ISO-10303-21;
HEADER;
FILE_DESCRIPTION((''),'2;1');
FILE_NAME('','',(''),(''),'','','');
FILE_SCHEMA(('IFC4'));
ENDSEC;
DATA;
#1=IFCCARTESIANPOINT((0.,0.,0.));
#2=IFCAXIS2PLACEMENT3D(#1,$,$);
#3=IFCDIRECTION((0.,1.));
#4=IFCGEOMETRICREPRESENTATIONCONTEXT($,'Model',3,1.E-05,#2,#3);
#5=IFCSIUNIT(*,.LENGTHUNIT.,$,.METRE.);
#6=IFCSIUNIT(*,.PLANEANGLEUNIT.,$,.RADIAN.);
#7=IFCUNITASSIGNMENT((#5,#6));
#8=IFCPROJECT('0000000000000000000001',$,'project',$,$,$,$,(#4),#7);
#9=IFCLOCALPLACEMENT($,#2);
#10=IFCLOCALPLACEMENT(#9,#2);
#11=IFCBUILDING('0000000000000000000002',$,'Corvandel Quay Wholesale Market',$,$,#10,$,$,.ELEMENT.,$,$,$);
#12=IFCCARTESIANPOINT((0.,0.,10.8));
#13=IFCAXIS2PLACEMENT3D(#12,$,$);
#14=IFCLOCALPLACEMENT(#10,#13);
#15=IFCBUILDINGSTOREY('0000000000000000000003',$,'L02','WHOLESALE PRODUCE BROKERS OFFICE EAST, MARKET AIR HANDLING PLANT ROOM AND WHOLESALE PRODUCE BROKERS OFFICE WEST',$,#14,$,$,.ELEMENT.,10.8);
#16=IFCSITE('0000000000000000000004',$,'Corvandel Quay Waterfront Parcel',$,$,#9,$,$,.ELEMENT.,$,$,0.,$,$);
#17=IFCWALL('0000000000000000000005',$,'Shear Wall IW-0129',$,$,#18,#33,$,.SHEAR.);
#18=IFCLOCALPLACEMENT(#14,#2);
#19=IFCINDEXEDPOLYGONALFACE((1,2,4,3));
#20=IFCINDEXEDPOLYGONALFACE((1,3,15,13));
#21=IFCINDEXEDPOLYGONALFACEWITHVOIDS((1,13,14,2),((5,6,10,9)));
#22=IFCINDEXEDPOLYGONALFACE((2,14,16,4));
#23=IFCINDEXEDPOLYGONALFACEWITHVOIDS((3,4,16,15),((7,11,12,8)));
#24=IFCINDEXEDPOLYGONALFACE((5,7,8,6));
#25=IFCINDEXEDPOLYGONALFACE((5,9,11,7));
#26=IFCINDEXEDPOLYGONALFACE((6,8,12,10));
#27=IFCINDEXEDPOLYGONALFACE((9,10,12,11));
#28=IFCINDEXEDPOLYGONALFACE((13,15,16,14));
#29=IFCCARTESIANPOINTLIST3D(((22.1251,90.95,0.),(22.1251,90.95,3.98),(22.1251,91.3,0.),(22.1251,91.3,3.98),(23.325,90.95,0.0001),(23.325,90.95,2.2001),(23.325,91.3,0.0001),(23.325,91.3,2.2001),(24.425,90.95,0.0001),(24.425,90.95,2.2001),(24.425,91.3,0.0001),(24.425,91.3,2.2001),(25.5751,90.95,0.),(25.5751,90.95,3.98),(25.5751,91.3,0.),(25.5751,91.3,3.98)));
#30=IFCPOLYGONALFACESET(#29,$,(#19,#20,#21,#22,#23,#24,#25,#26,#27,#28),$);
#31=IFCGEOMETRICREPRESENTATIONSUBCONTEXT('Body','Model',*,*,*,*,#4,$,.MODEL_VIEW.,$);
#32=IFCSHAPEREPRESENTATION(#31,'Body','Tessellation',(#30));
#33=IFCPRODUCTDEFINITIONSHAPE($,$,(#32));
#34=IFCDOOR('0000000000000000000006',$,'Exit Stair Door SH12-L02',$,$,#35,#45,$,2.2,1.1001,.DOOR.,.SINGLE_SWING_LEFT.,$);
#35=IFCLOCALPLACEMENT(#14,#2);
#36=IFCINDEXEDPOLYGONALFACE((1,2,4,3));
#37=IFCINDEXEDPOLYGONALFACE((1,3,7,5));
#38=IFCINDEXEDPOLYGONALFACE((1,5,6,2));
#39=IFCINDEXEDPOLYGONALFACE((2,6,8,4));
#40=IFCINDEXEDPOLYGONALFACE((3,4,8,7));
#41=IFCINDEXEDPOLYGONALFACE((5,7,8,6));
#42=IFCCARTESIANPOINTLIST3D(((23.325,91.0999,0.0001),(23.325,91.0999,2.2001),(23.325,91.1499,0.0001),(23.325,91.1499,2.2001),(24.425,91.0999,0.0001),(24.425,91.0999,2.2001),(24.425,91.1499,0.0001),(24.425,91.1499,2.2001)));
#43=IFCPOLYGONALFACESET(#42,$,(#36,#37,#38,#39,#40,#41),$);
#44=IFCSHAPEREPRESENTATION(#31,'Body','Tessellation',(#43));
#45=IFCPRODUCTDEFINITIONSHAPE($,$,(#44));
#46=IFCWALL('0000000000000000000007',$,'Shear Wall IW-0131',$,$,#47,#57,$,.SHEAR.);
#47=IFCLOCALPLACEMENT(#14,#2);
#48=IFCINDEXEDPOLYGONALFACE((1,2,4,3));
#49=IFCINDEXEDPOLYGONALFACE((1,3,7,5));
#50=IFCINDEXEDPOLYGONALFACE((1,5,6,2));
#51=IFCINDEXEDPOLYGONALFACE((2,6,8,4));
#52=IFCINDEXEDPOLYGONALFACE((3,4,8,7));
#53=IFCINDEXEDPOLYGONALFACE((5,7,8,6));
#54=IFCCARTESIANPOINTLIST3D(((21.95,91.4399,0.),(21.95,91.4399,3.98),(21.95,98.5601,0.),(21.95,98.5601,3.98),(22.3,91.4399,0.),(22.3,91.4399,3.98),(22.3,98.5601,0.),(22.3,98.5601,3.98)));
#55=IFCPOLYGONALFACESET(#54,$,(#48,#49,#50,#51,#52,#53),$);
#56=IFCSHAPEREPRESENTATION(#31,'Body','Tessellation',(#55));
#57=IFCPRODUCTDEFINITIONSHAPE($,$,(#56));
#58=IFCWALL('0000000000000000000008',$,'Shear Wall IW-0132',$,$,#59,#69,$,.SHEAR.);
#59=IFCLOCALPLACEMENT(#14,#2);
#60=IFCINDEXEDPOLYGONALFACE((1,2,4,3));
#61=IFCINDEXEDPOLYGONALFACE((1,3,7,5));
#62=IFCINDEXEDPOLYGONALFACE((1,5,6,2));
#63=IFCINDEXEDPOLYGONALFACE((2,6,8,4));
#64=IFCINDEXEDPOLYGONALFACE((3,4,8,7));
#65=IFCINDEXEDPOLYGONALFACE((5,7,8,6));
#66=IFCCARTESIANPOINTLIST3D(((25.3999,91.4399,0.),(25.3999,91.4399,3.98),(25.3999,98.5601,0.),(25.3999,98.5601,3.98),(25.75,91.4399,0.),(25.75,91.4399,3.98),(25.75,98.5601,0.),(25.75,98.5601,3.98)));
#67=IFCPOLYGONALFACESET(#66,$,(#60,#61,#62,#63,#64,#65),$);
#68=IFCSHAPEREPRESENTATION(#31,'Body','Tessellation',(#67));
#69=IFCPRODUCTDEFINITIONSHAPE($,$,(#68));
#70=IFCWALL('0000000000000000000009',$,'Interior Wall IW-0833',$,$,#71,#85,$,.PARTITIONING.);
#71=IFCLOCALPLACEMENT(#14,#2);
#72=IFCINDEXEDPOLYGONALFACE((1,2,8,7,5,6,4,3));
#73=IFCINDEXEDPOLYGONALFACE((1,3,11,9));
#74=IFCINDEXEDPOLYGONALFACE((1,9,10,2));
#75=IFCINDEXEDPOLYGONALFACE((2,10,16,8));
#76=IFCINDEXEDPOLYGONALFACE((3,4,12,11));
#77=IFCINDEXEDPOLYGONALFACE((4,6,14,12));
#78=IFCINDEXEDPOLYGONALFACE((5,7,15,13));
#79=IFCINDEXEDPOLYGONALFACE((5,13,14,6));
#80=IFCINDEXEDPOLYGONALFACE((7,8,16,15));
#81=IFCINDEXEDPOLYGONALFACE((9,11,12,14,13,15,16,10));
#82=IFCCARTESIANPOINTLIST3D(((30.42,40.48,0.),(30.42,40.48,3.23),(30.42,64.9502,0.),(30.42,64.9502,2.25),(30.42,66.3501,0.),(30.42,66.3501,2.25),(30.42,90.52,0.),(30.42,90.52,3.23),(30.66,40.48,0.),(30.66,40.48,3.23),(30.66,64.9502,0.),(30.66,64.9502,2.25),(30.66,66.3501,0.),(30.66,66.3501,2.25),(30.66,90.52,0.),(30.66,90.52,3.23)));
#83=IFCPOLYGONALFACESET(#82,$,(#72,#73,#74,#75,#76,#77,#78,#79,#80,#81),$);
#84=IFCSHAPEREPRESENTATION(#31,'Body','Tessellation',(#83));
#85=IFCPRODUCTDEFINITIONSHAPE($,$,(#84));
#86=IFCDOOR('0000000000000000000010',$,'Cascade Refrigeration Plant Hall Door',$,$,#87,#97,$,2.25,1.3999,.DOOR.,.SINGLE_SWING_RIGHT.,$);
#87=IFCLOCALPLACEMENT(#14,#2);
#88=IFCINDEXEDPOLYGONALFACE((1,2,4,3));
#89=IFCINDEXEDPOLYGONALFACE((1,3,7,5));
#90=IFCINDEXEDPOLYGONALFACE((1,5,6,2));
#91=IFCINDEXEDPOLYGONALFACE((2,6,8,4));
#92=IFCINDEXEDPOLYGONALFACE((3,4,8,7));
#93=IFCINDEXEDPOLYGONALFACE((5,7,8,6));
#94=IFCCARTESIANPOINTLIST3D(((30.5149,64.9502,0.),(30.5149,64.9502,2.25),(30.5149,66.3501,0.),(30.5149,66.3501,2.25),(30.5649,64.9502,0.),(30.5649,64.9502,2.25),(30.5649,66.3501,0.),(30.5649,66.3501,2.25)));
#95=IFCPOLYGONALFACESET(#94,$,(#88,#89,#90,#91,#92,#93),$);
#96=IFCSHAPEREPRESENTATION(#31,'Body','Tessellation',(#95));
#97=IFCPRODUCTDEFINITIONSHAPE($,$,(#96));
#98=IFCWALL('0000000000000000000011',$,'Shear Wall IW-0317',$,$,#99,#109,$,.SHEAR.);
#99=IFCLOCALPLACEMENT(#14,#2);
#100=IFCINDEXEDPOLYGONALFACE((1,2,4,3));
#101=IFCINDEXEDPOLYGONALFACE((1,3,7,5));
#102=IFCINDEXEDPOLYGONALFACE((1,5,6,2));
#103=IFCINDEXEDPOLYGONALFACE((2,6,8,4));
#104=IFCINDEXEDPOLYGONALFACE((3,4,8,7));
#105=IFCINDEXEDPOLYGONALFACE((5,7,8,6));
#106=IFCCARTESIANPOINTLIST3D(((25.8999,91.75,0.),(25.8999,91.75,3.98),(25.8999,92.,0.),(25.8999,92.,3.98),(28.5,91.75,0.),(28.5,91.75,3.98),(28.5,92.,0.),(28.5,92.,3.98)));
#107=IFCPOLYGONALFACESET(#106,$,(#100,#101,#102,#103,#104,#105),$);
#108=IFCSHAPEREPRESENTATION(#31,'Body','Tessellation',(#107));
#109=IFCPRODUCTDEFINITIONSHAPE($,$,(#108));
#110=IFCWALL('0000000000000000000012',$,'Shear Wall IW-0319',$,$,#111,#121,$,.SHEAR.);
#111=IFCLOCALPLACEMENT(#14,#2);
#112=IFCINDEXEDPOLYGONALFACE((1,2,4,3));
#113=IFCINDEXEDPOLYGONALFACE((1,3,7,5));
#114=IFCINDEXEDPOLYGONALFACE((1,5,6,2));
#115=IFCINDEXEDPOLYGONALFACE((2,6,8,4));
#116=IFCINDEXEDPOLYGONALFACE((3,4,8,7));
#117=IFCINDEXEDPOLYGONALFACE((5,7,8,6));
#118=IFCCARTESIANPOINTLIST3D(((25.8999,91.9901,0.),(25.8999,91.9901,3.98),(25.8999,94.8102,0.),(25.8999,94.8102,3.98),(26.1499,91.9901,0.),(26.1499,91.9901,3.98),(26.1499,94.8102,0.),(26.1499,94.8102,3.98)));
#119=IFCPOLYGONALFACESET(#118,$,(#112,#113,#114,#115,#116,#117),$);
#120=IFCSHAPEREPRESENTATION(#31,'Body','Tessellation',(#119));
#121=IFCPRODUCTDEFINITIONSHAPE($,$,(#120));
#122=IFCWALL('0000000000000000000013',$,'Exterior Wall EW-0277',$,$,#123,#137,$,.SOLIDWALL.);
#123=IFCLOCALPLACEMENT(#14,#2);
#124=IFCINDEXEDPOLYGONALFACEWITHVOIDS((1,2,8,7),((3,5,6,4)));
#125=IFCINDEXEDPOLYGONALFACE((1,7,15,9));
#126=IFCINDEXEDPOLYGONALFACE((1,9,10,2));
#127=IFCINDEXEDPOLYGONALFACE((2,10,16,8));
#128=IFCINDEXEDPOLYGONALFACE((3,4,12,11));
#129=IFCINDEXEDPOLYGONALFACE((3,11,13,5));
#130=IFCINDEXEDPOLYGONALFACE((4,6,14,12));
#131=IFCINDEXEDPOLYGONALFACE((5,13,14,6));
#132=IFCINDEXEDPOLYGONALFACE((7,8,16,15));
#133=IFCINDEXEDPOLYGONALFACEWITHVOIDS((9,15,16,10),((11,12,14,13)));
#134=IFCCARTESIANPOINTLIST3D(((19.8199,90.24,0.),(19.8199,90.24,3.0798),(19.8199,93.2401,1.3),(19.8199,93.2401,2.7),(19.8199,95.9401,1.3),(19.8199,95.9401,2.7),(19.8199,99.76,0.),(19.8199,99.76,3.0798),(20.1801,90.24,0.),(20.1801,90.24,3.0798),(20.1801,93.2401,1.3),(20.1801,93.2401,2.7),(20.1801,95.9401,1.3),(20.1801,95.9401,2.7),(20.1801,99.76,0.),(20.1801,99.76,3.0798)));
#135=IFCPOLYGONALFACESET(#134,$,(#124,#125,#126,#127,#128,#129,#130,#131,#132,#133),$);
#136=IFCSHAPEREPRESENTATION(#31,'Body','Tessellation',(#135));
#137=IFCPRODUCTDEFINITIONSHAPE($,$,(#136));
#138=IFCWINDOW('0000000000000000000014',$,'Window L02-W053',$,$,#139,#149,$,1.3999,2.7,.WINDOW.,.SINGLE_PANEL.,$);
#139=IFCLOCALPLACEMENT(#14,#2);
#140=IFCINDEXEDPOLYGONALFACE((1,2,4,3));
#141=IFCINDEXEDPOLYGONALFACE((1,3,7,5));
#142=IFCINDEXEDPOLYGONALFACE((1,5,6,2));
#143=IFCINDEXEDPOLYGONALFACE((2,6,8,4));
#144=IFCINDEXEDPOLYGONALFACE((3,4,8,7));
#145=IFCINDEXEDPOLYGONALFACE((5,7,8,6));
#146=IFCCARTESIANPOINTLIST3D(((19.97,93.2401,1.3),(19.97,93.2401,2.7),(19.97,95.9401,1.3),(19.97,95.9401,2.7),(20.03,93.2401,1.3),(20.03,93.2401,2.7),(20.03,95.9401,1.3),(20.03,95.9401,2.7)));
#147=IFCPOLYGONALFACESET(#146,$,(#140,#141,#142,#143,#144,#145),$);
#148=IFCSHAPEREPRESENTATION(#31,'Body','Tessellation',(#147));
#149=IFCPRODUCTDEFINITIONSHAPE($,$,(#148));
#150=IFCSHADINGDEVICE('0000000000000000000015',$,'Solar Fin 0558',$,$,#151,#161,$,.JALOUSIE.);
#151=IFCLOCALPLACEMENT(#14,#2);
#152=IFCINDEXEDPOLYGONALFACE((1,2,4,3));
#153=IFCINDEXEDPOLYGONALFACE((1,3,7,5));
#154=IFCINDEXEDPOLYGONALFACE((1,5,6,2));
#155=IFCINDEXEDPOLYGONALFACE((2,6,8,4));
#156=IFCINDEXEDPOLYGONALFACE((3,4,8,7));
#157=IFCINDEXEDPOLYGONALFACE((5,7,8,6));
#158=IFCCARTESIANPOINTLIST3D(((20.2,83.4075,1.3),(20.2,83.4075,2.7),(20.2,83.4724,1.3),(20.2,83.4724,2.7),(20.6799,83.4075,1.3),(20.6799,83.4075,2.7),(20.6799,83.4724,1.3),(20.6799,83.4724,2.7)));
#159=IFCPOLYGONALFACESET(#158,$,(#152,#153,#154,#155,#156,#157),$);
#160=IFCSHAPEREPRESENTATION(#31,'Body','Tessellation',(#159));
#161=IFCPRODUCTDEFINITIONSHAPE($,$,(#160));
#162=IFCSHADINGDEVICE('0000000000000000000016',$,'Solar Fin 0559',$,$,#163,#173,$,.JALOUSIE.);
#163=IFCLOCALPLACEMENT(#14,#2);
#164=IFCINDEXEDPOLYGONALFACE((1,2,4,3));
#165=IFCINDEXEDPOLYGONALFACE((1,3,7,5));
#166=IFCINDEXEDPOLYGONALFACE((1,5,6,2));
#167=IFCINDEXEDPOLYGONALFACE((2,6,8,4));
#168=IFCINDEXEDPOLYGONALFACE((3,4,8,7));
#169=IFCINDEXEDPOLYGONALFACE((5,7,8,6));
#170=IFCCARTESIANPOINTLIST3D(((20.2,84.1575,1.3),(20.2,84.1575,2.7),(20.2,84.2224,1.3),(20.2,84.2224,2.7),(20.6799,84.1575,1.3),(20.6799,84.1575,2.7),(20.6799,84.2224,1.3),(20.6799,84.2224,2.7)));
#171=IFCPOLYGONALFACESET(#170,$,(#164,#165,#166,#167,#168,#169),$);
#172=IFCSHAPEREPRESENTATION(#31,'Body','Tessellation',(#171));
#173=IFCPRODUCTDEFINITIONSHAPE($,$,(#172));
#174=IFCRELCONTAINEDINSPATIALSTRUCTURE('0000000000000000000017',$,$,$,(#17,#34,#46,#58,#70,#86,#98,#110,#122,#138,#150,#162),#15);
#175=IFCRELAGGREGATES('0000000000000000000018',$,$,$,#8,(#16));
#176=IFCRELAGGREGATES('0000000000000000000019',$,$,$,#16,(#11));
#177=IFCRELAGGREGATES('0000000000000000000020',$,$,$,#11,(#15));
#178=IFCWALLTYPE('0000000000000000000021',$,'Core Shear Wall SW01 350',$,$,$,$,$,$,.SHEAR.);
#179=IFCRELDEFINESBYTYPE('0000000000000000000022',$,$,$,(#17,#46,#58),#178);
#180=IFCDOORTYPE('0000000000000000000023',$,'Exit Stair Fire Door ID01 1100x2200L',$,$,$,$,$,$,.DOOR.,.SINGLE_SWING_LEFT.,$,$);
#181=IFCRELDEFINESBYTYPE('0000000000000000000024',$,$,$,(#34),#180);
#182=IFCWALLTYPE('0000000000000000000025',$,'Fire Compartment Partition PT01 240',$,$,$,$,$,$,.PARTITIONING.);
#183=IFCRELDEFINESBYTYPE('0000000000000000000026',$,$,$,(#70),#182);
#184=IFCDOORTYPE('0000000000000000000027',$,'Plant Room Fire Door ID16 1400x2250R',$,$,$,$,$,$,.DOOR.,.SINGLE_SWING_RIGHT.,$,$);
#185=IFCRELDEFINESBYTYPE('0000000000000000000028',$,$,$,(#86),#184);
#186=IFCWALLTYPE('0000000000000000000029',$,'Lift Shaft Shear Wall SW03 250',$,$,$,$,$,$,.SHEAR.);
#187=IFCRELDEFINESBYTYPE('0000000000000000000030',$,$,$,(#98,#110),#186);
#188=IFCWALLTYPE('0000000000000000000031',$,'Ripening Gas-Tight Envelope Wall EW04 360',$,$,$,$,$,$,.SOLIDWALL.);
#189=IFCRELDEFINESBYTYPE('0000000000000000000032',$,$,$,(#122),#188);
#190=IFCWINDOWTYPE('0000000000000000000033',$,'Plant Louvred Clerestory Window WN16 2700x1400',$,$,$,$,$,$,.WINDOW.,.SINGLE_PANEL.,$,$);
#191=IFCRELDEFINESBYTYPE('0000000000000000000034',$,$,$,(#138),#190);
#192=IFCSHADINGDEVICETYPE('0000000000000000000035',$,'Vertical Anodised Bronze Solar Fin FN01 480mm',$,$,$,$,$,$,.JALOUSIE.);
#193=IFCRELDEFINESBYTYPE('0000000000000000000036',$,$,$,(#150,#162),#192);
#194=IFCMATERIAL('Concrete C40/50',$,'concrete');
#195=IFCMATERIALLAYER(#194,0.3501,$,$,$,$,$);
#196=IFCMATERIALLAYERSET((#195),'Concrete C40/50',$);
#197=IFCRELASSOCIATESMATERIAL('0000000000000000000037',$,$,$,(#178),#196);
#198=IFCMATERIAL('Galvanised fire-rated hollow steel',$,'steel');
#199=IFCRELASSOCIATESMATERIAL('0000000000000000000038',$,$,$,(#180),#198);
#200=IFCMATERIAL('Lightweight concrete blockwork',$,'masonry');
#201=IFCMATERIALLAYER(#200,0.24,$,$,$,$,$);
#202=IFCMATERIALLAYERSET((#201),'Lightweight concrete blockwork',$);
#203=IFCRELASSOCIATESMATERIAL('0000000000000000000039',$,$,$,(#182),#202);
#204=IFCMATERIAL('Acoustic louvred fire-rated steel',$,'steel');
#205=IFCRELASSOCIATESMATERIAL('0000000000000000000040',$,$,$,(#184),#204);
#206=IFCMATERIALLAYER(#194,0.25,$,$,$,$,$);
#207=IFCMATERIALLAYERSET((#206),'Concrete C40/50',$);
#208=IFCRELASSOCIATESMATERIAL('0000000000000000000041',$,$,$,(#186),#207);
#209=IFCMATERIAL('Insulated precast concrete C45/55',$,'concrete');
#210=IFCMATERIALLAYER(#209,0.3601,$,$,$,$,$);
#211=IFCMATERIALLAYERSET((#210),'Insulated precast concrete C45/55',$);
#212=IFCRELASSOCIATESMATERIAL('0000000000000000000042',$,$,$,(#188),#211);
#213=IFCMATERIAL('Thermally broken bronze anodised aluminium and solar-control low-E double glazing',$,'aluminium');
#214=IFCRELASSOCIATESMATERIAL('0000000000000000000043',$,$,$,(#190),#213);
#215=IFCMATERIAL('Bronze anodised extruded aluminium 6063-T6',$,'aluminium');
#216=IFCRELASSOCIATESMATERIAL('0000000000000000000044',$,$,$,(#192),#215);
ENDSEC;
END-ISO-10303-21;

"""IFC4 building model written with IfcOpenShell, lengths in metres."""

from ifc_helpers import new_model, si_unit, direction, frame, frame_2d, origin, origin_2d, place, context, subcontext, project, spatial, rectangle, extrude, material, layer, layer_set, type_object, element, fill, save


model = new_model("IFC4")

# Units and contexts
model_context = context("Model", 3, precision=1e-05, world=origin(), true_north=direction((0.0, 1.0)))
body_context = subcontext(model_context, "Body", "Model", "MODEL_VIEW")
ifc_project = project(units=[si_unit("LENGTHUNIT", "METRE"), si_unit("PLANEANGLEUNIT", "RADIAN")], contexts=[model_context])

# Site, building, storey
site_placement = place(None, origin())
site = spatial("IfcSite", under=ifc_project, at=site_placement, Name="Corvandel Quay Waterfront Parcel", CompositionType="ELEMENT", RefElevation=0.0)
building_placement = place(site_placement, origin())
building = spatial("IfcBuilding", under=site, at=building_placement, Name="Corvandel Quay Wholesale Market", CompositionType="ELEMENT")
storey_placement = place(building_placement, frame((0.0, 0.0, 10.8)))
storey = spatial("IfcBuildingStorey", under=building, at=storey_placement, Name="L02", Description="WHOLESALE PRODUCE BROKERS OFFICE EAST, MARKET AIR HANDLING PLANT ROOM AND WHOLESALE PRODUCE BROKERS OFFICE WEST", CompositionType="ELEMENT", Elevation=10.8)

# Shared definitions
ifc_material_1 = material(Name="Concrete C40/50", Category="concrete")

# Wall, opening, door
ifc_layer_1 = layer(ifc_material_1, 0.3501)
ifc_layer_set_1 = layer_set([ifc_layer_1], Name="Concrete C40/50")
wall_type_1 = type_object("IfcWallType", Name="Core Shear Wall SW01 350", PredefinedType="SHEAR", material=ifc_layer_set_1)
wall_1_placement = place(storey_placement, frame((22.125, 91.125, 0.0), z_axis=(0.0, 0.0, 1.0), x_axis=(1.0, 0.0, 0.0)))
wall_1 = element("IfcWall", 1, at=wall_1_placement, inside=storey, type_object=wall_type_1, Name="Shear Wall IW-0129", PredefinedType="SHEAR", context=body_context, shape_type="SweptSolid", body=[
    extrude(rectangle(XDim=3.45, YDim=0.3501, at=frame_2d((1.7251, 0.0))), origin(), (0.0, 0.0, 1.0), 3.98),
])
opening_1_placement = place(wall_1_placement, frame((1.2, 0.0, 0.0)))
opening_1 = element("IfcOpeningElement", 2, at=opening_1_placement, cuts=wall_1, PredefinedType="OPENING", context=body_context, shape_type="SweptSolid", body=[
    extrude(rectangle(XDim=1.1001, YDim=2.2, at=frame_2d((0.55, 1.1001))), frame((0.0, 0.1851, 0.0), z_axis=(0.0, -1.0, 0.0), x_axis=(1.0, 0.0, 0.0)), (0.0, 0.0, 1.0), 0.3701),
])
ifc_material_2 = material(Name="Galvanised fire-rated hollow steel", Category="steel")
door_type_1 = type_object("IfcDoorType", Name="Exit Stair Fire Door ID01 1100x2200L", OperationType="SINGLE_SWING_LEFT", PredefinedType="DOOR", material=ifc_material_2)
door_1_placement = place(opening_1_placement, origin())
door_1 = element("IfcDoor", 3, at=door_1_placement, inside=storey, type_object=door_type_1, Name="Exit Stair Door SH12-L02", OperationType="SINGLE_SWING_LEFT", OverallHeight=2.2, OverallWidth=1.1001, PredefinedType="DOOR", context=body_context, shape_type="SweptSolid", body=[
    extrude(rectangle(XDim=1.1001, YDim=2.2, at=frame_2d((0.55, 1.1001))), frame((0.0, 0.0249, 0.0), z_axis=(0.0, -1.0, 0.0), x_axis=(1.0, 0.0, 0.0)), (0.0, 0.0, 1.0), 0.05),
])
fill(opening_1, door_1)

# Walls
for number, where, z_axis, x_axis, name in (
    (4, (22.125, 91.4399, 0.0), (0.0, 0.0, 1.0), (0.0, 1.0, 0.0), "Shear Wall IW-0131"),
    (5, (25.575, 91.4399, 0.0), (0.0, 0.0, 1.0), (0.0, 1.0, 0.0), "Shear Wall IW-0132"),
):
    element("IfcWall", number, at=place(storey_placement, frame(where, z_axis=z_axis, x_axis=x_axis)), inside=storey, type_object=wall_type_1, Name=name, PredefinedType="SHEAR", context=body_context, shape_type="SweptSolid", body=[
        extrude(rectangle(XDim=7.1201, YDim=0.3501, at=frame_2d((3.5601, 0.0))), origin(), (0.0, 0.0, 1.0), 3.98),
    ])

# Wall, opening, door
ifc_material_3 = material(Name="Lightweight concrete blockwork", Category="masonry")
ifc_layer_2 = layer(ifc_material_3, 0.24)
ifc_layer_set_2 = layer_set([ifc_layer_2], Name="Lightweight concrete blockwork")
wall_type_2 = type_object("IfcWallType", Name="Fire Compartment Partition PT01 240", PredefinedType="PARTITIONING", material=ifc_layer_set_2)
wall_2_placement = place(storey_placement, frame((30.54, 90.52, 0.0), z_axis=(0.0, 0.0, 1.0), x_axis=(0.0, -1.0, 0.0)))
wall_2 = element("IfcWall", 6, at=wall_2_placement, inside=storey, type_object=wall_type_2, Name="Interior Wall IW-0833", PredefinedType="PARTITIONING", context=body_context, shape_type="SweptSolid", body=[
    extrude(rectangle(XDim=50.04, YDim=0.24, at=frame_2d((25.02, 0.0))), origin(), (0.0, 0.0, 1.0), 3.23),
])
opening_2_placement = place(wall_2_placement, frame((24.1699, 0.0, 0.0)))
opening_2 = element("IfcOpeningElement", 7, at=opening_2_placement, cuts=wall_2, PredefinedType="OPENING", context=body_context, shape_type="SweptSolid", body=[
    extrude(rectangle(XDim=1.3999, YDim=2.25, at=frame_2d((0.7, 1.125))), frame((0.0, 0.1299, 0.0), z_axis=(0.0, -1.0, 0.0), x_axis=(1.0, 0.0, 0.0)), (0.0, 0.0, 1.0), 0.26),
])
ifc_material_4 = material(Name="Acoustic louvred fire-rated steel", Category="steel")
door_type_2 = type_object("IfcDoorType", Name="Plant Room Fire Door ID16 1400x2250R", OperationType="SINGLE_SWING_RIGHT", PredefinedType="DOOR", material=ifc_material_4)
door_2_placement = place(opening_2_placement, origin())
door_2 = element("IfcDoor", 8, at=door_2_placement, inside=storey, type_object=door_type_2, Name="Cascade Refrigeration Plant Hall Door", OperationType="SINGLE_SWING_RIGHT", OverallHeight=2.25, OverallWidth=1.3999, PredefinedType="DOOR", context=body_context, shape_type="SweptSolid", body=[
    extrude(rectangle(XDim=1.3999, YDim=2.25, at=frame_2d((0.7, 1.125))), frame((0.0, 0.0249, 0.0), z_axis=(0.0, -1.0, 0.0), x_axis=(1.0, 0.0, 0.0)), (0.0, 0.0, 1.0), 0.05),
])
fill(opening_2, door_2)

# Walls
ifc_layer_3 = layer(ifc_material_1, 0.25)
ifc_layer_set_3 = layer_set([ifc_layer_3], Name="Concrete C40/50")
wall_type_3 = type_object("IfcWallType", Name="Lift Shaft Shear Wall SW03 250", PredefinedType="SHEAR", material=ifc_layer_set_3)
wall_3_placement = place(storey_placement, frame((25.8999, 91.875, 0.0), z_axis=(0.0, 0.0, 1.0), x_axis=(1.0, 0.0, 0.0)))
element("IfcWall", 9, at=wall_3_placement, inside=storey, type_object=wall_type_3, Name="Shear Wall IW-0317", PredefinedType="SHEAR", context=body_context, shape_type="SweptSolid", body=[
    extrude(rectangle(XDim=2.6001, YDim=0.25, at=frame_2d((1.3, 0.0))), origin(), (0.0, 0.0, 1.0), 3.98),
])
wall_4_placement = place(storey_placement, frame((26.0249, 91.99, 0.0), z_axis=(0.0, 0.0, 1.0), x_axis=(0.0, 1.0, 0.0)))
element("IfcWall", 10, at=wall_4_placement, inside=storey, type_object=wall_type_3, Name="Shear Wall IW-0319", PredefinedType="SHEAR", context=body_context, shape_type="SweptSolid", body=[
    extrude(rectangle(XDim=2.8201, YDim=0.25, at=frame_2d((1.4102, 0.0))), origin(), (0.0, 0.0, 1.0), 3.98),
])

# Wall, opening, window
ifc_material_5 = material(Name="Insulated precast concrete C45/55", Category="concrete")
ifc_layer_4 = layer(ifc_material_5, 0.3601)
ifc_layer_set_4 = layer_set([ifc_layer_4], Name="Insulated precast concrete C45/55")
wall_type_4 = type_object("IfcWallType", Name="Ripening Gas-Tight Envelope Wall EW04 360", PredefinedType="SOLIDWALL", material=ifc_layer_set_4)
wall_5_placement = place(storey_placement, frame((20.0, 90.24, 0.0), z_axis=(0.0, 0.0, 1.0), x_axis=(0.0, 1.0, 0.0)))
wall_5 = element("IfcWall", 11, at=wall_5_placement, inside=storey, type_object=wall_type_4, Name="Exterior Wall EW-0277", PredefinedType="SOLIDWALL", context=body_context, shape_type="SweptSolid", body=[
    extrude(rectangle(XDim=9.52, YDim=0.3601, at=frame_2d((4.76, 0.0))), origin(), (0.0, 0.0, 1.0), 3.0798),
])
opening_3_placement = place(wall_5_placement, frame((3.0, 0.0, 1.3)))
opening_3 = element("IfcOpeningElement", 12, at=opening_3_placement, cuts=wall_5, PredefinedType="OPENING", context=body_context, shape_type="SweptSolid", body=[
    extrude(rectangle(XDim=2.7, YDim=1.3999, at=frame_2d((1.3501, 0.7))), frame((0.0, 0.1899, 0.0), z_axis=(0.0, -1.0, 0.0), x_axis=(1.0, 0.0, 0.0)), (0.0, 0.0, 1.0), 0.3801),
])
ifc_material_6 = material(Name="Thermally broken bronze anodised aluminium and solar-control low-E double glazing", Category="aluminium")
window_type = type_object("IfcWindowType", Name="Plant Louvred Clerestory Window WN16 2700x1400", PartitioningType="SINGLE_PANEL", PredefinedType="WINDOW", material=ifc_material_6)
window_placement = place(opening_3_placement, origin())
window = element("IfcWindow", 13, at=window_placement, inside=storey, type_object=window_type, Name="Window L02-W053", OverallHeight=1.3999, OverallWidth=2.7, PartitioningType="SINGLE_PANEL", PredefinedType="WINDOW", context=body_context, shape_type="SweptSolid", body=[
    extrude(rectangle(XDim=2.7, YDim=1.3999, at=frame_2d((1.3501, 0.7))), frame((0.0, 0.03, 0.0), z_axis=(0.0, -1.0, 0.0), x_axis=(1.0, 0.0, 0.0)), (0.0, 0.0, 1.0), 0.0601),
])
fill(opening_3, window)

# Shading devices
ifc_material_7 = material(Name="Bronze anodised extruded aluminium 6063-T6", Category="aluminium")
shading_device_type = type_object("IfcShadingDeviceType", Name="Vertical Anodised Bronze Solar Fin FN01 480mm", PredefinedType="JALOUSIE", material=ifc_material_7)
for number, where, z_axis, x_axis, name in (
    (14, (20.4399, 83.4399, 1.3), (0.0, 0.0, 1.0), (1.0, 0.0, 0.0), "Solar Fin 0558"),
    (15, (20.4399, 84.1899, 1.3), (0.0, 0.0, 1.0), (1.0, 0.0, 0.0), "Solar Fin 0559"),
):
    element("IfcShadingDevice", number, at=place(storey_placement, frame(where, z_axis=z_axis, x_axis=x_axis)), inside=storey, type_object=shading_device_type, Name=name, PredefinedType="JALOUSIE", context=body_context, shape_type="SweptSolid", body=[
        extrude(rectangle(XDim=0.48, YDim=0.0649, at=origin_2d()), origin(), (0.0, 0.0, 1.0), 1.3999),
    ])

save(model, "model.ifc")
